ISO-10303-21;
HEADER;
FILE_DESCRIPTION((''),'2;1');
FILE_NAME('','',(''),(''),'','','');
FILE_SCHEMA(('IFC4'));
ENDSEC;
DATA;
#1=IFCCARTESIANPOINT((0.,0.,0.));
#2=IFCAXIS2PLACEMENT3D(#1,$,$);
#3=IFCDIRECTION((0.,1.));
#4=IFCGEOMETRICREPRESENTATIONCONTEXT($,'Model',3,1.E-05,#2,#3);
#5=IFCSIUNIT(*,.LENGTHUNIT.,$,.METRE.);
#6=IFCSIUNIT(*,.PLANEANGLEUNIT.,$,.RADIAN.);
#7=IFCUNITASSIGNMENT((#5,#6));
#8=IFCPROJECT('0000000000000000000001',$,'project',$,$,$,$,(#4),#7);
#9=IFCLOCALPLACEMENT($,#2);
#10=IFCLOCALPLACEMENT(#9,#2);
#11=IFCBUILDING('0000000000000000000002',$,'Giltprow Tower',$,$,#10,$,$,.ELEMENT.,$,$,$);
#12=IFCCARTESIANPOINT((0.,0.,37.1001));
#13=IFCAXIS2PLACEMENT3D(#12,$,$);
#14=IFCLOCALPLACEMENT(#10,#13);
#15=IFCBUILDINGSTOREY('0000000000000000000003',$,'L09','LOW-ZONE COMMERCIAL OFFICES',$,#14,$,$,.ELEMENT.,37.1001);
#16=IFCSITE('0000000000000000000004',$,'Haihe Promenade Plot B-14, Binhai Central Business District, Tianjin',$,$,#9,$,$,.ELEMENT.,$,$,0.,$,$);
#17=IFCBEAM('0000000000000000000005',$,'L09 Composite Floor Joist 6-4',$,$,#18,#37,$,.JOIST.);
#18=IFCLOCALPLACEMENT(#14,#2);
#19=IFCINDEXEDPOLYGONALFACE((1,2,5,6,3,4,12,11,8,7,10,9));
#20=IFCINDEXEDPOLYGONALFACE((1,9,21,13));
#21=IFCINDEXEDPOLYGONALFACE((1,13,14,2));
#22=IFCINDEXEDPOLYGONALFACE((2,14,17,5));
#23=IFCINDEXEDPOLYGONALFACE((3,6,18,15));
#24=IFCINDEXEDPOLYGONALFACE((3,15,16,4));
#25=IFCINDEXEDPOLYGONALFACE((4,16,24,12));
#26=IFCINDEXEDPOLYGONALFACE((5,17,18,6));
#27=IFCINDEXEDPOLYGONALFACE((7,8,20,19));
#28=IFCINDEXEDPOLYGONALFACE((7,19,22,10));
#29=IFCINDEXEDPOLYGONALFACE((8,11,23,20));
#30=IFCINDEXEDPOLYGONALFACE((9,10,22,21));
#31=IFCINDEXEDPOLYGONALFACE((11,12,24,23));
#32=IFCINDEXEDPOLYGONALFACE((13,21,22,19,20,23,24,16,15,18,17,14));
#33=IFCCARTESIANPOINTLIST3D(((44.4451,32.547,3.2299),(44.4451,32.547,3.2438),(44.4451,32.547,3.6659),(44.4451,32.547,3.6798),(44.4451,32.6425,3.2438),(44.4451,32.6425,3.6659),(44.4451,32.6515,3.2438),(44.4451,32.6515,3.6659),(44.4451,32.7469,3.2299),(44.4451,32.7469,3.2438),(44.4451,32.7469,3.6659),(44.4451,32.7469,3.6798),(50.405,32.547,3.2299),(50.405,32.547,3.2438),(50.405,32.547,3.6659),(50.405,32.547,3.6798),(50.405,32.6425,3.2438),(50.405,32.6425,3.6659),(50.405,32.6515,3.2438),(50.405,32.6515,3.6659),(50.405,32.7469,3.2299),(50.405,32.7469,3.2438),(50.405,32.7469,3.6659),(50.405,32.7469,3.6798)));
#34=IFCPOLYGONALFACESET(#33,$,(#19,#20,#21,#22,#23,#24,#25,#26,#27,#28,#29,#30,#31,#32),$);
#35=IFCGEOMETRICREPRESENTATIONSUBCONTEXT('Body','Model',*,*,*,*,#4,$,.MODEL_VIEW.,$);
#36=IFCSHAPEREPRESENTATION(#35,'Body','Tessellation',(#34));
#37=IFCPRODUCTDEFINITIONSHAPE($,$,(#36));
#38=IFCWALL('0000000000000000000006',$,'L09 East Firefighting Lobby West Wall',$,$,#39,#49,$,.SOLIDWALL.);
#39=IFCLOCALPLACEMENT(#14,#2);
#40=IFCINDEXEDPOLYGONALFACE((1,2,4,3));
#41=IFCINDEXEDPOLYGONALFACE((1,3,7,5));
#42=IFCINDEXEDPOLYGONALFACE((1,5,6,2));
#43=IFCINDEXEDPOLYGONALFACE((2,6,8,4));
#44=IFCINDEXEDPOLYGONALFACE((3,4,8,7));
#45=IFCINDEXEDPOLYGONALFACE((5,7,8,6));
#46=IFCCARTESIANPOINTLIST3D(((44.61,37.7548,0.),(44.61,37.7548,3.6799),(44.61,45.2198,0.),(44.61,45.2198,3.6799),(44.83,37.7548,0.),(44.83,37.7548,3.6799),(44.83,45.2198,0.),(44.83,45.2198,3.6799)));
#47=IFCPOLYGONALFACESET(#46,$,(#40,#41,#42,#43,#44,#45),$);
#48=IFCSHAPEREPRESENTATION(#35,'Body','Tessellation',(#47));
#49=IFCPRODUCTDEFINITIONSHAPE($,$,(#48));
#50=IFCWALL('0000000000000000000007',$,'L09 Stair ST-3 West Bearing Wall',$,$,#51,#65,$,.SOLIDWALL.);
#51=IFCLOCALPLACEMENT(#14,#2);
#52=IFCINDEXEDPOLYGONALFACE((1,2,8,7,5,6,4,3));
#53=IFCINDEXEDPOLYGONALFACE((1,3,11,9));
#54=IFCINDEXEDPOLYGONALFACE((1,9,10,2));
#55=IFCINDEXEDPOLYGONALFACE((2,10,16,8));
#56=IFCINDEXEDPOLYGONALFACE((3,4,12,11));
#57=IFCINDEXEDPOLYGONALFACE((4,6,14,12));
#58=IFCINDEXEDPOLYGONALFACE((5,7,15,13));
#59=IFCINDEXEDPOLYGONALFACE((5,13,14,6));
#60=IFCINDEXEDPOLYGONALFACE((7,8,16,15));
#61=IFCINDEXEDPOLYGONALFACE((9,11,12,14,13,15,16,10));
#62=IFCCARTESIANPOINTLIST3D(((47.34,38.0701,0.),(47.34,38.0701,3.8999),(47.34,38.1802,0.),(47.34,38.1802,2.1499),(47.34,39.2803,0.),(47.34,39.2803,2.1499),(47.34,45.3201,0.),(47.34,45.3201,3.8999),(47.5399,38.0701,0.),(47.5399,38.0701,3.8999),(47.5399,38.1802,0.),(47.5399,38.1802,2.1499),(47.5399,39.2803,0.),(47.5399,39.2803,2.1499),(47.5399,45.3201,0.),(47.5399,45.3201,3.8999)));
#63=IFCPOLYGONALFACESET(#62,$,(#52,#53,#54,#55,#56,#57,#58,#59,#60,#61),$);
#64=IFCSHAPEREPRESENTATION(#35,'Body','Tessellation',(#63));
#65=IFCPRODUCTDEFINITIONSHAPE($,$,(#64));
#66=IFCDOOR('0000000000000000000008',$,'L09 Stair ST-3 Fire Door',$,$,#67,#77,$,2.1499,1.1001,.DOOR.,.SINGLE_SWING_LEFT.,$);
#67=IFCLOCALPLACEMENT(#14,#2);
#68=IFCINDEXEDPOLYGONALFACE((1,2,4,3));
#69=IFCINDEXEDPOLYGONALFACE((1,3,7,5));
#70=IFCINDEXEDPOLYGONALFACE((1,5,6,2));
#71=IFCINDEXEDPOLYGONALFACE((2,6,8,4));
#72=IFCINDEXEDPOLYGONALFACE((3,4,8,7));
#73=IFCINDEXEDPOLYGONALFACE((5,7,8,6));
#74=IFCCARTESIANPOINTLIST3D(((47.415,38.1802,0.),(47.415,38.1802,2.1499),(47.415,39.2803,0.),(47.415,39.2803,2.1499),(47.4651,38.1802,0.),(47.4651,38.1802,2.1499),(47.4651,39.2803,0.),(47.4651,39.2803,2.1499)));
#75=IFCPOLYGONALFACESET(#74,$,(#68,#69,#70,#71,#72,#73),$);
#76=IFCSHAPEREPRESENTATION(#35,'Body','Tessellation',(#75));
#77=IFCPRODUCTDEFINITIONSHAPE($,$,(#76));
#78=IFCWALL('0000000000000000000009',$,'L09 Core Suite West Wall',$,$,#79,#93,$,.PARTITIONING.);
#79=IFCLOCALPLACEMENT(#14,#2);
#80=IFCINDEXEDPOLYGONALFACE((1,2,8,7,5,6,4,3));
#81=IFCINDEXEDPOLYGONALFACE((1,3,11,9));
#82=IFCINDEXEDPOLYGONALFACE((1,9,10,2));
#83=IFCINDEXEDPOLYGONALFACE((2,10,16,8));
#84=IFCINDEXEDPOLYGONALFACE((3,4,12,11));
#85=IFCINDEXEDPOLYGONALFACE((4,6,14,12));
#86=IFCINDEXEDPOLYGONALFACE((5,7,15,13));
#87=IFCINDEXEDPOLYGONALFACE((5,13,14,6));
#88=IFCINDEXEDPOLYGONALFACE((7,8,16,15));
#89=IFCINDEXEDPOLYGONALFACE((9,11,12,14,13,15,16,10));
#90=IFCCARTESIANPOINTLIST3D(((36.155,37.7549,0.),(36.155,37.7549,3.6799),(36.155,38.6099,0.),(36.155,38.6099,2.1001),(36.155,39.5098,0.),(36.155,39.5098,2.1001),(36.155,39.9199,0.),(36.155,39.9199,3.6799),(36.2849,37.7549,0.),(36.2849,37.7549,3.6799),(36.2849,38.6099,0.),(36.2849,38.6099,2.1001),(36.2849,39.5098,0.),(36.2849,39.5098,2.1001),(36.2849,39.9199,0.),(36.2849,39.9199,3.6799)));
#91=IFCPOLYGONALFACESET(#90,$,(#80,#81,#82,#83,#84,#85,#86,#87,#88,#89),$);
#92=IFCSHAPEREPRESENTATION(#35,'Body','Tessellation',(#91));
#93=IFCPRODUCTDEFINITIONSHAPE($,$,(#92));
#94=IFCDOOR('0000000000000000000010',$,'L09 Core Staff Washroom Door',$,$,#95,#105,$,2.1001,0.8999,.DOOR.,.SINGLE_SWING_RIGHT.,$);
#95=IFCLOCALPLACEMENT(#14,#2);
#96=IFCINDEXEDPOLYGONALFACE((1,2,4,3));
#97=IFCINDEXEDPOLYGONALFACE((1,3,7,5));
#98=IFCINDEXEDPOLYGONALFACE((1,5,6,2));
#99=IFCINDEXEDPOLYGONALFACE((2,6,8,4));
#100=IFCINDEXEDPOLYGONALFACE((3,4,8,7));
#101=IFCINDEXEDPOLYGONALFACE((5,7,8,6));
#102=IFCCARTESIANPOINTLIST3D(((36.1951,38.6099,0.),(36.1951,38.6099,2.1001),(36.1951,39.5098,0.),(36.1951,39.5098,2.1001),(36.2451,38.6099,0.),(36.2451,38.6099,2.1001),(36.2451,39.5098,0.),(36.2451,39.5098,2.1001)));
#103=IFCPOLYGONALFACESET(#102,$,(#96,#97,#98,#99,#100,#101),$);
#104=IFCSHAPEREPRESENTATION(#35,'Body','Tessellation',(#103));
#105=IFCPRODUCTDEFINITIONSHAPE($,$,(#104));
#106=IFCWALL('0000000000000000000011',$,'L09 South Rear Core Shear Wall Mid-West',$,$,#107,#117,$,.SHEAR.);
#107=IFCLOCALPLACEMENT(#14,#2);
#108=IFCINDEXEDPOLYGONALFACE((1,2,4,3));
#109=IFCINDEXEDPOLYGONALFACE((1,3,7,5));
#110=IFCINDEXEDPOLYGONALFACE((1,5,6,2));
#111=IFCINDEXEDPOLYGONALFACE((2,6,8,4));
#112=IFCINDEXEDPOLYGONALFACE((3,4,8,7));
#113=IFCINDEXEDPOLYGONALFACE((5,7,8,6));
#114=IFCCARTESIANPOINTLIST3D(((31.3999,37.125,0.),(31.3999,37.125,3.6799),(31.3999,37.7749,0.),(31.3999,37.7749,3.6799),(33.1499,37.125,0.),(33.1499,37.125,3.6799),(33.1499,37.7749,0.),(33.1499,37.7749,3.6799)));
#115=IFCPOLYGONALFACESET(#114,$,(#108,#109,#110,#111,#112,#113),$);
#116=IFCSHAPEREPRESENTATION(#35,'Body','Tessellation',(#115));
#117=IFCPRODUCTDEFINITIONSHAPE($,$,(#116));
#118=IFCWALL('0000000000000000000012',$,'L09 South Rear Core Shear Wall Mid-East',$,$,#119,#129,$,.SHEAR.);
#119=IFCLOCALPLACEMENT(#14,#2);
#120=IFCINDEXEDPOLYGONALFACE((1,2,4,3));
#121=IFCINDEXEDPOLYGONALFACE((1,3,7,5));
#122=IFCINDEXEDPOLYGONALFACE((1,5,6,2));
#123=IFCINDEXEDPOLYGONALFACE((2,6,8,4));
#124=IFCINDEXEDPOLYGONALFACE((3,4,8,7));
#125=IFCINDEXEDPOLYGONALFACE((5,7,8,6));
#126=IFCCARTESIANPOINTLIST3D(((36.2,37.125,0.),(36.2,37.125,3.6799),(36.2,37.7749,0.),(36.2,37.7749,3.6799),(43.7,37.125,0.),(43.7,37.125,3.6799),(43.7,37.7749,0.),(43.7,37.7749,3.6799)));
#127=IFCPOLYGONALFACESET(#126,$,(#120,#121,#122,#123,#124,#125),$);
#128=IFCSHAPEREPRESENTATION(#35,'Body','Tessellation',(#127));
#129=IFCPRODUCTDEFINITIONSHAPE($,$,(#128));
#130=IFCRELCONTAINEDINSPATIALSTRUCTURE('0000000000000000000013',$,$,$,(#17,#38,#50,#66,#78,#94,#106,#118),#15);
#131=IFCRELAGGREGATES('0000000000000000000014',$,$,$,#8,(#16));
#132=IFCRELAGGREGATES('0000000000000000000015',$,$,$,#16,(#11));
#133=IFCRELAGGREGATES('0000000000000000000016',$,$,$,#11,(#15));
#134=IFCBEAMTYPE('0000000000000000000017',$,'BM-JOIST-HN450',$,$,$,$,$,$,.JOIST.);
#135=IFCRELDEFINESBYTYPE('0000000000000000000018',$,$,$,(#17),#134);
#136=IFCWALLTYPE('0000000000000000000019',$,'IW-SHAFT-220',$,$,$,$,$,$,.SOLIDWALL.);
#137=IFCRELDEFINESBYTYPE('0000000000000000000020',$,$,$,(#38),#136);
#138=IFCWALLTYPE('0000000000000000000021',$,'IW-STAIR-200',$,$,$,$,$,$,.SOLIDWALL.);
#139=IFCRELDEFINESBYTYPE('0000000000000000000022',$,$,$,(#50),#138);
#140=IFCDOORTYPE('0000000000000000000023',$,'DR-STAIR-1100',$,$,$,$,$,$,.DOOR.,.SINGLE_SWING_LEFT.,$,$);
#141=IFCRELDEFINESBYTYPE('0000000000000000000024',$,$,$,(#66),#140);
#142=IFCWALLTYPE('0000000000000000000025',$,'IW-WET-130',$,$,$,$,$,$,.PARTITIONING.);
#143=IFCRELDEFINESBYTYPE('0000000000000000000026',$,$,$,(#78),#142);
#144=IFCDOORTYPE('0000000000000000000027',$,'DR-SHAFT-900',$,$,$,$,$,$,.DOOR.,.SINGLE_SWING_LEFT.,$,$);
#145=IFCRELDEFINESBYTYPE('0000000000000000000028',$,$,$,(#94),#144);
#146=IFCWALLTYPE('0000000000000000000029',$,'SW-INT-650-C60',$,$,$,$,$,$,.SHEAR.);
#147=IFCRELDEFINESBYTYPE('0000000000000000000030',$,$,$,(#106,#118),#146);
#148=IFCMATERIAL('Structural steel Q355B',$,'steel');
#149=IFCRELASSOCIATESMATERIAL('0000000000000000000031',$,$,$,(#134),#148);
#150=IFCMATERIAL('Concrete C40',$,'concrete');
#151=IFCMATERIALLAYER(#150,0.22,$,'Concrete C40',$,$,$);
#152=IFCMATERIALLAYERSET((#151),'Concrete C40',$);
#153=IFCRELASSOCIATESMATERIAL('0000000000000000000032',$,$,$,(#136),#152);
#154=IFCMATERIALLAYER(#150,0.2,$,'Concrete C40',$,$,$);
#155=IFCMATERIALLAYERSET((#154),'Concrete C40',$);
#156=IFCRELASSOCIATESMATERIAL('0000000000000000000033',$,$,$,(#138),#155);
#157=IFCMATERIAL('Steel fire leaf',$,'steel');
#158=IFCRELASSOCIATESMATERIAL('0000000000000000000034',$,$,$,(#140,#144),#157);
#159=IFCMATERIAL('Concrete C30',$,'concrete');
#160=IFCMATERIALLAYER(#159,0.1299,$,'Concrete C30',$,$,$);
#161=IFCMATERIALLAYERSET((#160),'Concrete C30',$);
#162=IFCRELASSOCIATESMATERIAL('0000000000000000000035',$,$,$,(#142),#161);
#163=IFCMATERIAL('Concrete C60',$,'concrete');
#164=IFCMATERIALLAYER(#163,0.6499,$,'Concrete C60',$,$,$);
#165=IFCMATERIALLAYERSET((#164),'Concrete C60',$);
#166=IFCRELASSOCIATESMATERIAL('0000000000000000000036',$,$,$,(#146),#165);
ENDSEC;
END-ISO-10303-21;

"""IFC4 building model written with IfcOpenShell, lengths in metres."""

from ifc_helpers import new_model, si_unit, direction, frame, frame_2d, origin, origin_2d, place, context, subcontext, project, spatial, rectangle, i_section, extrude, source, transform, mapped, material, layer, layer_set, material_profile, profile_set, type_object, element, fill, save


model = new_model("IFC4")

# Units and contexts
model_context = context("Model", 3, precision=1e-05, world=origin(), true_north=direction((0.0, 1.0)))
body_context = subcontext(model_context, "Body", "Model", "MODEL_VIEW")
ifc_project = project(units=[si_unit("LENGTHUNIT", "METRE"), si_unit("PLANEANGLEUNIT", "RADIAN")], contexts=[model_context])

# Site, building, storey
site_placement = place(None, origin())
site = spatial("IfcSite", under=ifc_project, at=site_placement, Name="Haihe Promenade Plot B-14, Binhai Central Business District, Tianjin", CompositionType="ELEMENT", RefElevation=0.0)
building_placement = place(site_placement, origin())
building = spatial("IfcBuilding", under=site, at=building_placement, Name="Giltprow Tower", CompositionType="ELEMENT")
storey_placement = place(building_placement, frame((0.0, 0.0, 37.1001)))
storey = spatial("IfcBuildingStorey", under=building, at=storey_placement, Name="L09", Description="LOW-ZONE COMMERCIAL OFFICES", CompositionType="ELEMENT", Elevation=37.1001)

# Shared definitions
ifc_material_1 = material(Name="Concrete C60", Category="concrete")

# Beam
ifc_material_2 = material(Name="Structural steel Q355B", Category="steel")
ifc_material_profile_1 = material_profile(ifc_material_2, i_section(OverallWidth=0.2, OverallDepth=0.45, WebThickness=0.009, FlangeThickness=0.0139, at=origin_2d()), Name="HN 450x200x9x14")
ifc_profile_set_1 = profile_set([ifc_material_profile_1], Name="Structural steel Q355B")
beam_type_1 = type_object("IfcBeamType", Name="BM-JOIST-HN450", PredefinedType="JOIST", material=ifc_profile_set_1)
shared_shape_1 = source(origin(), body_context, "Body", "SweptSolid", [
    extrude(i_section(OverallWidth=0.2, OverallDepth=0.45, WebThickness=0.009, FlangeThickness=0.0139, at=origin_2d()), origin(), (0.0, 0.0, 1.0), 5.96),
])
for number, where, z_axis, x_axis, name in (
    (1, (44.4451, 32.647, 3.4548), (1.0, 0.0, 0.0), (0.0, 1.0, 0.0), "L09 Composite Floor Joist 6-4"),
):
    element("IfcBeam", number, at=place(storey_placement, frame(where, z_axis=z_axis, x_axis=x_axis)), inside=storey, type_object=beam_type_1, Name=name, PredefinedType="JOIST", context=body_context, shape_type="MappedRepresentation", body=[
        mapped(shared_shape_1, transform((0.0, 0.0, 0.0), x_axis=(1.0, 0.0, 0.0), y_axis=(0.0, 1.0, 0.0), z_axis=(0.0, 0.0, 1.0), scale=1.0)),
    ])

# Wall
ifc_material_3 = material(Name="Concrete C40", Category="concrete")
ifc_layer_1 = layer(ifc_material_3, 0.22, Name="Concrete C40")
ifc_layer_set_1 = layer_set([ifc_layer_1], Name="Concrete C40")
wall_type_1 = type_object("IfcWallType", Name="IW-SHAFT-220", PredefinedType="SOLIDWALL", material=ifc_layer_set_1)
wall_1_placement = place(storey_placement, frame((44.72, 37.7549, 0.0), z_axis=(0.0, 0.0, 1.0), x_axis=(0.0, 1.0, 0.0)))
element("IfcWall", 2, at=wall_1_placement, inside=storey, type_object=wall_type_1, Name="L09 East Firefighting Lobby West Wall", PredefinedType="SOLIDWALL", context=body_context, shape_type="SweptSolid", body=[
    extrude(rectangle(XDim=7.4651, YDim=0.22, at=frame_2d((3.7324, 0.0))), origin(), (0.0, 0.0, 1.0), 3.6799),
])

# Walls, openings, doors
ifc_layer_2 = layer(ifc_material_3, 0.2, Name="Concrete C40")
ifc_layer_set_2 = layer_set([ifc_layer_2], Name="Concrete C40")
wall_type_2 = type_object("IfcWallType", Name="IW-STAIR-200", PredefinedType="SOLIDWALL", material=ifc_layer_set_2)
wall_2_placement = place(storey_placement, frame((47.4399, 38.0701, 0.0), z_axis=(0.0, 0.0, 1.0), x_axis=(0.0, 1.0, 0.0)))
wall_2 = element("IfcWall", 3, at=wall_2_placement, inside=storey, type_object=wall_type_2, Name="L09 Stair ST-3 West Bearing Wall", PredefinedType="SOLIDWALL", context=body_context, shape_type="SweptSolid", body=[
    extrude(rectangle(XDim=7.25, YDim=0.2, at=frame_2d((3.625, 0.0))), origin(), (0.0, 0.0, 1.0), 3.8999),
])
opening_1_placement = place(wall_2_placement, frame((0.1101, 0.0, 0.0)))
opening_1 = element("IfcOpeningElement", 4, at=opening_1_placement, cuts=wall_2, PredefinedType="OPENING", context=body_context, shape_type="SweptSolid", body=[
    extrude(rectangle(XDim=1.1001, YDim=2.1499, at=frame_2d((0.55, 1.075))), frame((0.0, 0.1099, 0.0), z_axis=(0.0, -1.0, 0.0), x_axis=(1.0, 0.0, 0.0)), (0.0, 0.0, 1.0), 0.22),
])
ifc_material_4 = material(Name="Steel fire leaf", Category="steel")
door_type_1 = type_object("IfcDoorType", Name="DR-STAIR-1100", OperationType="SINGLE_SWING_LEFT", PredefinedType="DOOR", material=ifc_material_4)
shared_shape_2 = source(origin(), body_context, "Body", "SweptSolid", [
    extrude(rectangle(XDim=1.1001, YDim=2.1499, at=frame_2d((0.55, 1.075))), frame((0.0, 0.0249, 0.0), z_axis=(0.0, -1.0, 0.0), x_axis=(1.0, 0.0, 0.0)), (0.0, 0.0, 1.0), 0.05),
])
door_1_placement = place(opening_1_placement, origin())
door_1 = element("IfcDoor", 5, at=door_1_placement, inside=storey, type_object=door_type_1, Name="L09 Stair ST-3 Fire Door", OperationType="SINGLE_SWING_LEFT", OverallHeight=2.1499, OverallWidth=1.1001, PredefinedType="DOOR", context=body_context, shape_type="MappedRepresentation", body=[
    mapped(shared_shape_2, transform((0.0, 0.0, 0.0), x_axis=(1.0, 0.0, 0.0), y_axis=(0.0, 1.0, 0.0), z_axis=(0.0, 0.0, 1.0), scale=1.0)),
])
fill(opening_1, door_1)
ifc_material_5 = material(Name="Concrete C30", Category="concrete")
ifc_layer_3 = layer(ifc_material_5, 0.1299, Name="Concrete C30")
ifc_layer_set_3 = layer_set([ifc_layer_3], Name="Concrete C30")
wall_type_3 = type_object("IfcWallType", Name="IW-WET-130", PredefinedType="PARTITIONING", material=ifc_layer_set_3)
wall_3_placement = place(storey_placement, frame((36.22, 37.7549, 0.0), z_axis=(0.0, 0.0, 1.0), x_axis=(0.0, 1.0, 0.0)))
wall_3 = element("IfcWall", 6, at=wall_3_placement, inside=storey, type_object=wall_type_3, Name="L09 Core Suite West Wall", PredefinedType="PARTITIONING", context=body_context, shape_type="SweptSolid", body=[
    extrude(rectangle(XDim=2.165, YDim=0.1299, at=frame_2d((1.0825, 0.0))), origin(), (0.0, 0.0, 1.0), 3.6799),
])
opening_2_placement = place(wall_3_placement, frame((0.855, 0.0, 0.0)))
opening_2 = element("IfcOpeningElement", 7, at=opening_2_placement, cuts=wall_3, PredefinedType="OPENING", context=body_context, shape_type="SweptSolid", body=[
    extrude(rectangle(XDim=0.8999, YDim=2.1001, at=frame_2d((0.45, 1.05))), frame((0.0, 0.075, 0.0), z_axis=(0.0, -1.0, 0.0), x_axis=(1.0, 0.0, 0.0)), (0.0, 0.0, 1.0), 0.1499),
])
door_type_2 = type_object("IfcDoorType", Name="DR-SHAFT-900", OperationType="SINGLE_SWING_LEFT", PredefinedType="DOOR", material=ifc_material_4)
shared_shape_3 = source(origin(), body_context, "Body", "SweptSolid", [
    extrude(rectangle(XDim=0.8999, YDim=2.1001, at=frame_2d((0.45, 1.05))), frame((0.0, 0.0249, 0.0), z_axis=(0.0, -1.0, 0.0), x_axis=(1.0, 0.0, 0.0)), (0.0, 0.0, 1.0), 0.05),
])
door_2_placement = place(opening_2_placement, origin())
door_2 = element("IfcDoor", 8, at=door_2_placement, inside=storey, type_object=door_type_2, Name="L09 Core Staff Washroom Door", OperationType="SINGLE_SWING_RIGHT", OverallHeight=2.1001, OverallWidth=0.8999, PredefinedType="DOOR", context=body_context, shape_type="MappedRepresentation", body=[
    mapped(shared_shape_3, transform((0.0, 0.0, 0.0), x_axis=(1.0, 0.0, 0.0), y_axis=(0.0, 1.0, 0.0), z_axis=(0.0, 0.0, 1.0), scale=1.0)),
])
fill(opening_2, door_2)

# Walls
ifc_layer_4 = layer(ifc_material_1, 0.6499, Name="Concrete C60")
ifc_layer_set_4 = layer_set([ifc_layer_4], Name="Concrete C60")
wall_type_4 = type_object("IfcWallType", Name="SW-INT-650-C60", PredefinedType="SHEAR", material=ifc_layer_set_4)
wall_4_placement = place(storey_placement, frame((31.3999, 37.45, 0.0), z_axis=(0.0, 0.0, 1.0), x_axis=(1.0, 0.0, 0.0)))
element("IfcWall", 9, at=wall_4_placement, inside=storey, type_object=wall_type_4, Name="L09 South Rear Core Shear Wall Mid-West", PredefinedType="SHEAR", context=body_context, shape_type="SweptSolid", body=[
    extrude(rectangle(XDim=1.75, YDim=0.6499, at=frame_2d((0.875, 0.0))), origin(), (0.0, 0.0, 1.0), 3.6799),
])
wall_5_placement = place(storey_placement, frame((36.2, 37.45, 0.0), z_axis=(0.0, 0.0, 1.0), x_axis=(1.0, 0.0, 0.0)))
element("IfcWall", 10, at=wall_5_placement, inside=storey, type_object=wall_type_4, Name="L09 South Rear Core Shear Wall Mid-East", PredefinedType="SHEAR", context=body_context, shape_type="SweptSolid", body=[
    extrude(rectangle(XDim=7.5, YDim=0.6499, at=frame_2d((3.75, 0.0))), origin(), (0.0, 0.0, 1.0), 3.6799),
])

save(model, "model.ifc")
